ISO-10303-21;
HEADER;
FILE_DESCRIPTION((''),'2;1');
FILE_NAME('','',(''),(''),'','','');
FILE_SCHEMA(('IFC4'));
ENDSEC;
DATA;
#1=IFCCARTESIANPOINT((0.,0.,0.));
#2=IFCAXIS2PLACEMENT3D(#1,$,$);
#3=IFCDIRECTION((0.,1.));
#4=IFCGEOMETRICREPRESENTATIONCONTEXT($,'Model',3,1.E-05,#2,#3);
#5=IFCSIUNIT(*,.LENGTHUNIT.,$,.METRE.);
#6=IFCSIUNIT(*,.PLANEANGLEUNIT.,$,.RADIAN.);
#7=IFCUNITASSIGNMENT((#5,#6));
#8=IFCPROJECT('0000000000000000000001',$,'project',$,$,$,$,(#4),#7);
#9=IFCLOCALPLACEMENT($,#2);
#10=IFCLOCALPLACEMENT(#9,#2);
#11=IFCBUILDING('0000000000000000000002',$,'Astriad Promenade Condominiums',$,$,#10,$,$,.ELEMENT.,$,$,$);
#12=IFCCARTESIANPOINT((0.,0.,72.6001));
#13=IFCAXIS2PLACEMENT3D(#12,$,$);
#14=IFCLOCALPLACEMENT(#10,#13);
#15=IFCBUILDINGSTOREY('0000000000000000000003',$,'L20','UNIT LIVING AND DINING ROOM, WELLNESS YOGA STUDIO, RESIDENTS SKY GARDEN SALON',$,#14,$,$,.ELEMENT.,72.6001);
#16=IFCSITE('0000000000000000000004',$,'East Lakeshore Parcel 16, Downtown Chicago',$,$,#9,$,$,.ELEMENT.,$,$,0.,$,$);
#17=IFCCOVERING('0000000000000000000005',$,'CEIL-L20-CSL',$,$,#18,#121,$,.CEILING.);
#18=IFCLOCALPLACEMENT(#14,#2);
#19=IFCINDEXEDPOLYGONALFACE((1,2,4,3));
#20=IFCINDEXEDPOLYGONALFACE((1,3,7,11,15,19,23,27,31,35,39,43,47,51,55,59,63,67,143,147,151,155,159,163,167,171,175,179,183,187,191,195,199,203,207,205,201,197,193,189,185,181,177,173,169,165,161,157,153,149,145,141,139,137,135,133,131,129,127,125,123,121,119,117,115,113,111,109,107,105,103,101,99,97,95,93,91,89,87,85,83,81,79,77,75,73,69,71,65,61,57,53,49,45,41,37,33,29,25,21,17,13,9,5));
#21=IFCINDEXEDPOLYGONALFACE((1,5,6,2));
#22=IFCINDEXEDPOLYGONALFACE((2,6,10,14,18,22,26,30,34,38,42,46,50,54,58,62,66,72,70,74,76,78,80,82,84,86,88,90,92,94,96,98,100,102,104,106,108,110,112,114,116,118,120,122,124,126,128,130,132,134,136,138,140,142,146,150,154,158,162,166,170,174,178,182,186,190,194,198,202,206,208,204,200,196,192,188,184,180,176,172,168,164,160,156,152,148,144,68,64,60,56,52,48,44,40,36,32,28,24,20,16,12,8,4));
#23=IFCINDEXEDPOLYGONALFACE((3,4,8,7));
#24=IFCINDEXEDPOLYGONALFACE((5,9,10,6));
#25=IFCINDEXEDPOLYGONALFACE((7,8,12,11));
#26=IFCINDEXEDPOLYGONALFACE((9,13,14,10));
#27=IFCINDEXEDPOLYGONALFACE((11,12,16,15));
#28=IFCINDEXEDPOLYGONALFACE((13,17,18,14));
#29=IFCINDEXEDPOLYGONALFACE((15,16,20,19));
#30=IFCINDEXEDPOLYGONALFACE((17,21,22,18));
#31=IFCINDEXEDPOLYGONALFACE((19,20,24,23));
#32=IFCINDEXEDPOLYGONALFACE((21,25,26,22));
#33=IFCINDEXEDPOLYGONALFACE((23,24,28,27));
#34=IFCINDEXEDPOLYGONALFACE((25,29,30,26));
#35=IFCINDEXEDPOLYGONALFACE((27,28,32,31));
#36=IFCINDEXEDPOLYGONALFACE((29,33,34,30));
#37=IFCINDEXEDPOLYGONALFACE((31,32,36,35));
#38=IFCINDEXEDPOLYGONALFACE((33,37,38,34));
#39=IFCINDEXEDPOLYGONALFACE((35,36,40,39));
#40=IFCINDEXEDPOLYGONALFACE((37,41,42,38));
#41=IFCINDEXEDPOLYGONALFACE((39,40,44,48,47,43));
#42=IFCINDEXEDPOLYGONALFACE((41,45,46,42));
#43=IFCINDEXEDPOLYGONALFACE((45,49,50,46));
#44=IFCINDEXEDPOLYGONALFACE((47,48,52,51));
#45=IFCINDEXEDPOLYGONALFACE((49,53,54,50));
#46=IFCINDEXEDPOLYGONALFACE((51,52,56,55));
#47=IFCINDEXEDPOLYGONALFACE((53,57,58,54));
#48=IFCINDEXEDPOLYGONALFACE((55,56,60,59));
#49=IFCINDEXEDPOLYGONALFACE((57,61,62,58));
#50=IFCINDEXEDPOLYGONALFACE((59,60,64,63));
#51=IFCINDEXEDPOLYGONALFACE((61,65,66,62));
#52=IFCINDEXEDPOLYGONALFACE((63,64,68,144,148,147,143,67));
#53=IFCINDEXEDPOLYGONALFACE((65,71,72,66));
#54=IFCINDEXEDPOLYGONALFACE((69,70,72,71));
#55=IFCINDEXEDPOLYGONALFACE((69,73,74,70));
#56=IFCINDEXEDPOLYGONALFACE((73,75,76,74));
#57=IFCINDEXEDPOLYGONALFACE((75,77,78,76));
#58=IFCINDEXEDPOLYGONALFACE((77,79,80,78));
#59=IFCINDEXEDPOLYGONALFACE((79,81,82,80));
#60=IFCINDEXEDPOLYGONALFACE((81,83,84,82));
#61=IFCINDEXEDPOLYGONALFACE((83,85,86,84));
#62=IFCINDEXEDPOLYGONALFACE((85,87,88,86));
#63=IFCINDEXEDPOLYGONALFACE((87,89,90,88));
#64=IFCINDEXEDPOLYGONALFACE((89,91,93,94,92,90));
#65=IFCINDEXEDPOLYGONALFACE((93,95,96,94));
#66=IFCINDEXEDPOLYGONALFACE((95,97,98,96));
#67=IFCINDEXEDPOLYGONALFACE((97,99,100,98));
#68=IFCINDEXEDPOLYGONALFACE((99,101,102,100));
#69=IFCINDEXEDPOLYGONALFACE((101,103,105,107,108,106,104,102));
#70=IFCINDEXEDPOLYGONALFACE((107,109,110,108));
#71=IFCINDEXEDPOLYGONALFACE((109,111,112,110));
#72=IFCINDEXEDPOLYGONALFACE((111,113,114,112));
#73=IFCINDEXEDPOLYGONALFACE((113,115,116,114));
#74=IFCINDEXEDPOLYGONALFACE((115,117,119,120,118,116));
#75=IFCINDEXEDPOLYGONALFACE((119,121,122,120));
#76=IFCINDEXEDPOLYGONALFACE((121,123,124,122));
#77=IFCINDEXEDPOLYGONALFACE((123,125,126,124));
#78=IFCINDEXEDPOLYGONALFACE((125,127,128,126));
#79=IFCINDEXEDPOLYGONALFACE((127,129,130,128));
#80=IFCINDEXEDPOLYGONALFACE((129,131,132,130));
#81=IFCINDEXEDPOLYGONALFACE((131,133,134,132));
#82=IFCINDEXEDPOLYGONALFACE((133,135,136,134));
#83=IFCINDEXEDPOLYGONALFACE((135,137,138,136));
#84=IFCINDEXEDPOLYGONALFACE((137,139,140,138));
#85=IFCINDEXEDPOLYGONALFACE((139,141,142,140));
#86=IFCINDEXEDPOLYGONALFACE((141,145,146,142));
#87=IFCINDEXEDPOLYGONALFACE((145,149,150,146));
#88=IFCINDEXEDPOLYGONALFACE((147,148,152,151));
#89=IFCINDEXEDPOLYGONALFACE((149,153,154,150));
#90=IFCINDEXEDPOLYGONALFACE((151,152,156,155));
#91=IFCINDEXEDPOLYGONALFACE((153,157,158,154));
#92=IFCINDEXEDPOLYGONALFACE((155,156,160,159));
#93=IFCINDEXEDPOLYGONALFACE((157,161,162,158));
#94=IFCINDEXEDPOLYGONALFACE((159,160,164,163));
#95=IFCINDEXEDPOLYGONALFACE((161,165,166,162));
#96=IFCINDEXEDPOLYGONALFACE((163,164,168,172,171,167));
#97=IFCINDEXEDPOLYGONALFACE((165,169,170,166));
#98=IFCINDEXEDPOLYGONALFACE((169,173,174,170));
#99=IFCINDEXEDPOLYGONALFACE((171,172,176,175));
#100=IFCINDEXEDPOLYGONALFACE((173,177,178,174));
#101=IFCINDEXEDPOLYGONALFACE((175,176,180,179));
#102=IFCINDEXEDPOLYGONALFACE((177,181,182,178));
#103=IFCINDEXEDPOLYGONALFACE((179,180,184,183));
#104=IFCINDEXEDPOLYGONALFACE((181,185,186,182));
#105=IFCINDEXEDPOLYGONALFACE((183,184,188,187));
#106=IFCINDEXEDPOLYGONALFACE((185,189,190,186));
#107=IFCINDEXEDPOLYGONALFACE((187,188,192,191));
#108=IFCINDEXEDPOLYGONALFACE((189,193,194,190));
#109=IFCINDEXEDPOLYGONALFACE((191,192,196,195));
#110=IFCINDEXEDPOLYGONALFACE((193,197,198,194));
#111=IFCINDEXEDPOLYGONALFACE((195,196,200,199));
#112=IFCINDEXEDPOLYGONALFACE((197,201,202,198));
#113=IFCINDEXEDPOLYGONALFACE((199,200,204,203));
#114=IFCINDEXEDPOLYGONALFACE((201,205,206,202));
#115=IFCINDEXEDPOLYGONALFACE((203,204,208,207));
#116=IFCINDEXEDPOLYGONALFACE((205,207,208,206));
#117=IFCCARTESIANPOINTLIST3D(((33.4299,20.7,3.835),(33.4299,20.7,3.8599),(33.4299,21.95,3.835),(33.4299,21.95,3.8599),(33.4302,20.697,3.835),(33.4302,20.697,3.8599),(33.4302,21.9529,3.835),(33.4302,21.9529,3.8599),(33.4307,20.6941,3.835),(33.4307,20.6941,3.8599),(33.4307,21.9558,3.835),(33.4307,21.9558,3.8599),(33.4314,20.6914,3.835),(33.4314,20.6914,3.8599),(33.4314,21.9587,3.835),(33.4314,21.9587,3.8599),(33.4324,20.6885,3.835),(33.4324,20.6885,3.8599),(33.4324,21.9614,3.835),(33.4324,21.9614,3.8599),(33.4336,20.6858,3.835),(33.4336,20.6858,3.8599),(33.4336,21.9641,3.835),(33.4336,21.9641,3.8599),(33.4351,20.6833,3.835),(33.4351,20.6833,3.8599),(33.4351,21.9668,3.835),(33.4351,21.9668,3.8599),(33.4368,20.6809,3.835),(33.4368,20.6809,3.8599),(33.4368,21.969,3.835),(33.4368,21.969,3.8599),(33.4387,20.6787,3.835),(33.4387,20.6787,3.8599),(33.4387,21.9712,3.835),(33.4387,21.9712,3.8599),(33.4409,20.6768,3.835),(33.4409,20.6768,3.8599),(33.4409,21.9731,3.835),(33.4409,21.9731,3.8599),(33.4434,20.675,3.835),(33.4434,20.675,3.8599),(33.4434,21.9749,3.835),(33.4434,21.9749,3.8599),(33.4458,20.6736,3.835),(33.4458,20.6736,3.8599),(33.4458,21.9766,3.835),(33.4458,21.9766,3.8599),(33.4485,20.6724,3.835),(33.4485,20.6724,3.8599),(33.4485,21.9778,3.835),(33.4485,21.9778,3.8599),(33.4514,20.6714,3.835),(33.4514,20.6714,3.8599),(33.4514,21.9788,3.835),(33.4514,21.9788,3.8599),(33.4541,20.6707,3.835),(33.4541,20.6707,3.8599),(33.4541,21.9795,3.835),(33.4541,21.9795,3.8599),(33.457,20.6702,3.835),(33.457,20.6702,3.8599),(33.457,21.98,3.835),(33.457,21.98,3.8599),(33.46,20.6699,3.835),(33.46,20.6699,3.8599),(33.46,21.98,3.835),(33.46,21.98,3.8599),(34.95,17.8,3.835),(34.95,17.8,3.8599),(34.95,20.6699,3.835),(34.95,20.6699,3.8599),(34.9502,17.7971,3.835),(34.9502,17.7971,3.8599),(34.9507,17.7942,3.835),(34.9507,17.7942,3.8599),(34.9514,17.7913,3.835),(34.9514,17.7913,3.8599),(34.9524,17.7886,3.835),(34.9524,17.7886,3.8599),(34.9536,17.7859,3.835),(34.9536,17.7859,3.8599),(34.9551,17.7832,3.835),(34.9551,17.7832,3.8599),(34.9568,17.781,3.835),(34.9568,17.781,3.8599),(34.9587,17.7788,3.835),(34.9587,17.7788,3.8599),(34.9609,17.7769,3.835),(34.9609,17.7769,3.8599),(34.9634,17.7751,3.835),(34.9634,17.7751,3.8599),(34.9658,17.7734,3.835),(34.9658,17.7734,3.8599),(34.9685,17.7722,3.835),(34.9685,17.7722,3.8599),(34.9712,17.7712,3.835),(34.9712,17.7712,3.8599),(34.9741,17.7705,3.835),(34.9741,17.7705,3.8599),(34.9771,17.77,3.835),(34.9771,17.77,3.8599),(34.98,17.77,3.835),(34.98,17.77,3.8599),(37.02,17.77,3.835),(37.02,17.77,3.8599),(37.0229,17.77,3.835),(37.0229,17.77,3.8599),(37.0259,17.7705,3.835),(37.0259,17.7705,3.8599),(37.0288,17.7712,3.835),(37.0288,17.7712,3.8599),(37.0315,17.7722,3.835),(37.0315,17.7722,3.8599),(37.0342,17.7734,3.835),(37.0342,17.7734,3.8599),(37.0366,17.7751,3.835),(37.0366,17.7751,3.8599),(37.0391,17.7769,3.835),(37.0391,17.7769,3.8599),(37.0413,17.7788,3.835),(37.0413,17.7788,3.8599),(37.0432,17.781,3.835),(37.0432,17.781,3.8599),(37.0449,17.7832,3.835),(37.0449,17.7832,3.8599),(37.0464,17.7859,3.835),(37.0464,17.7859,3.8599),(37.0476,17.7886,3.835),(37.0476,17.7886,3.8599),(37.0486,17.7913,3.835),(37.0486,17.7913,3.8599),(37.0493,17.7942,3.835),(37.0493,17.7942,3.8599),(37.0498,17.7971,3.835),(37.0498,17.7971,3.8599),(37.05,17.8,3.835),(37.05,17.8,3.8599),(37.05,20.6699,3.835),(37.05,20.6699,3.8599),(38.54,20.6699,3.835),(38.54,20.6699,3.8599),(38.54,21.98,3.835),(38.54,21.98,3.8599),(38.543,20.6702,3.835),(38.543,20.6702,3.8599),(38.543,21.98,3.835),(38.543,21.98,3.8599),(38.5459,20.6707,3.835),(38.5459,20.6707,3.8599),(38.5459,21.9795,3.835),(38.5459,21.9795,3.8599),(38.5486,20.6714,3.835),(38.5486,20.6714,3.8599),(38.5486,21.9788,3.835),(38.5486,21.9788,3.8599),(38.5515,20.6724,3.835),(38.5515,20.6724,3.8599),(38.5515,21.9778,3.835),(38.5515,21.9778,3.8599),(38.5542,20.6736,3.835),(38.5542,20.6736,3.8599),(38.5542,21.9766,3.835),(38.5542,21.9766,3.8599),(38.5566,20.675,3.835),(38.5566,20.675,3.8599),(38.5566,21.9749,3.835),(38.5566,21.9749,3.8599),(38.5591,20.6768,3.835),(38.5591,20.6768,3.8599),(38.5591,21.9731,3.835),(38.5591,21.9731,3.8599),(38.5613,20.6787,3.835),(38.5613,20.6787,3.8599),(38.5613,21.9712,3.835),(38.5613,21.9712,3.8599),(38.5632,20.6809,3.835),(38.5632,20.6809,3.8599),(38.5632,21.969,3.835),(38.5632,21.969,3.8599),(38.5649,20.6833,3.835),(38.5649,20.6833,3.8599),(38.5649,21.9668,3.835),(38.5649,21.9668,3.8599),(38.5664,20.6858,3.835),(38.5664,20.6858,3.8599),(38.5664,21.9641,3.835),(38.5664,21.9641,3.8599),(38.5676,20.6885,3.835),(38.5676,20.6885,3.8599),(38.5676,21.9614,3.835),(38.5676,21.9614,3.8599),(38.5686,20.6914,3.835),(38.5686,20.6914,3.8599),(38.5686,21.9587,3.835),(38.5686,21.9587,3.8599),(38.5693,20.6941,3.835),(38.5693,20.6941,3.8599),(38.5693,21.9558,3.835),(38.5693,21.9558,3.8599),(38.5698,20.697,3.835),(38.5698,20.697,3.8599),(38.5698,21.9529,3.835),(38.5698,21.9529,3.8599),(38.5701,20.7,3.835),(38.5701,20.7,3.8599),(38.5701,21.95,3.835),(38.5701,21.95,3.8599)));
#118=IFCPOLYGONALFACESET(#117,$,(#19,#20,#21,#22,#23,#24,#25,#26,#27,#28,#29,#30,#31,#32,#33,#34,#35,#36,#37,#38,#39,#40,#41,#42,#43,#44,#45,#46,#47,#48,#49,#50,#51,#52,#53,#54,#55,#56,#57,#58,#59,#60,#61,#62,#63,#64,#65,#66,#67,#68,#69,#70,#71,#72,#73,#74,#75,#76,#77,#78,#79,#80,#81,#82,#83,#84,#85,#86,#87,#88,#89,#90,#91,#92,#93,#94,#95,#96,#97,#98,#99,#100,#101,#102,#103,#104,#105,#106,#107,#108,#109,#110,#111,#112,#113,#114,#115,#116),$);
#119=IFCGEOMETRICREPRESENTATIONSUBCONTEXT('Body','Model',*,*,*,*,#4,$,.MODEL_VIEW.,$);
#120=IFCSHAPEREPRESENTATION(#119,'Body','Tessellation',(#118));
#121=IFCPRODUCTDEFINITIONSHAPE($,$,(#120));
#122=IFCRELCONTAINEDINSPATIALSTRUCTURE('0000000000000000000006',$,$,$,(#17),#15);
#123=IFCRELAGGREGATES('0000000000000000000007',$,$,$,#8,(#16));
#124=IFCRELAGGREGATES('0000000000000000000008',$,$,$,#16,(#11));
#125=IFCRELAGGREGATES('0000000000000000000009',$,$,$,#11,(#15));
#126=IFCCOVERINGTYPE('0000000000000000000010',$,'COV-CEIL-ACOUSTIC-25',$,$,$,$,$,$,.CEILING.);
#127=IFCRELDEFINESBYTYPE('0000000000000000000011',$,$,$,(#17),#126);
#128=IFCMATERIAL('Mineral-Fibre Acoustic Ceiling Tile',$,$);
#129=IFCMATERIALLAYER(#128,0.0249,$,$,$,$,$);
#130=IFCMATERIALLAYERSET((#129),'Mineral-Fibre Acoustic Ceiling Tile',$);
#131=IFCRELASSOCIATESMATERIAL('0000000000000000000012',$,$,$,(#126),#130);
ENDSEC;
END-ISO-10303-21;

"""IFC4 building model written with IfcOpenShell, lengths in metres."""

from ifc_helpers import new_model, si_unit, direction, frame, origin, place, context, subcontext, project, spatial, polyline, outline, extrude, material, layer, layer_set, type_object, element, save


model = new_model("IFC4")

# Units and contexts
model_context = context("Model", 3, precision=1e-05, world=origin(), true_north=direction((0.0, 1.0)))
body_context = subcontext(model_context, "Body", "Model", "MODEL_VIEW")
ifc_project = project(units=[si_unit("LENGTHUNIT", "METRE"), si_unit("PLANEANGLEUNIT", "RADIAN")], contexts=[model_context])

# Site, building, storey
site_placement = place(None, origin())
site = spatial("IfcSite", under=ifc_project, at=site_placement, Name="East Lakeshore Parcel 16, Downtown Chicago", CompositionType="ELEMENT", RefElevation=0.0)
building_placement = place(site_placement, origin())
building = spatial("IfcBuilding", under=site, at=building_placement, Name="Astriad Promenade Condominiums", CompositionType="ELEMENT")
storey_placement = place(building_placement, frame((0.0, 0.0, 72.6001)))
storey = spatial("IfcBuildingStorey", under=building, at=storey_placement, Name="L20", Description="UNIT LIVING AND DINING ROOM, WELLNESS YOGA STUDIO, RESIDENTS SKY GARDEN SALON", CompositionType="ELEMENT", Elevation=72.6001)

# Covering
ifc_material_1 = material(Name="Mineral-Fibre Acoustic Ceiling Tile")
ifc_layer_1 = layer(ifc_material_1, 0.0249)
ifc_layer_set_1 = layer_set([ifc_layer_1], Name="Mineral-Fibre Acoustic Ceiling Tile")
covering_type_1 = type_object("IfcCoveringType", Name="COV-CEIL-ACOUSTIC-25", PredefinedType="CEILING", material=ifc_layer_set_1)
covering_1_placement = place(storey_placement, frame((0.0, 0.0, 3.835)))
element("IfcCovering", 1, at=covering_1_placement, inside=storey, type_object=covering_type_1, Name="CEIL-L20-CSL", PredefinedType="CEILING", context=body_context, shape_type="SweptSolid", body=[
    extrude(outline(polyline([(37.05, 17.8), (37.0498, 17.7971), (37.0493, 17.7942), (37.0486, 17.7913), (37.0476, 17.7886), (37.0464, 17.7859), (37.0449, 17.7832), (37.0432, 17.781), (37.0413, 17.7788), (37.0391, 17.7769), (37.0366, 17.7751), (37.0342, 17.7734), (37.0315, 17.7722), (37.0288, 17.7712), (37.0259, 17.7705), (37.0229, 17.77), (37.02, 17.77), (34.98, 17.77), (34.9771, 17.77), (34.9741, 17.7705), (34.9712, 17.7712), (34.9685, 17.7722), (34.9658, 17.7734), (34.9634, 17.7751), (34.9609, 17.7769), (34.9587, 17.7788), (34.9568, 17.781), (34.9551, 17.7832), (34.9536, 17.7859), (34.9524, 17.7886), (34.9514, 17.7913), (34.9507, 17.7942), (34.9502, 17.7971), (34.95, 17.8), (34.95, 20.6699), (33.46, 20.6699), (33.457, 20.6702), (33.4541, 20.6707), (33.4514, 20.6714), (33.4485, 20.6724), (33.4458, 20.6736), (33.4434, 20.675), (33.4409, 20.6768), (33.4387, 20.6787), (33.4368, 20.6809), (33.4351, 20.6833), (33.4336, 20.6858), (33.4324, 20.6885), (33.4314, 20.6914), (33.4307, 20.6941), (33.4302, 20.697), (33.4299, 20.7), (33.4299, 21.95), (33.4302, 21.9529), (33.4307, 21.9558), (33.4314, 21.9587), (33.4324, 21.9614), (33.4336, 21.9641), (33.4351, 21.9668), (33.4368, 21.969), (33.4387, 21.9712), (33.4409, 21.9731), (33.4434, 21.9749), (33.4458, 21.9766), (33.4485, 21.9778), (33.4514, 21.9788), (33.4541, 21.9795), (33.457, 21.98), (33.46, 21.98), (38.54, 21.98), (38.543, 21.98), (38.5459, 21.9795), (38.5486, 21.9788), (38.5515, 21.9778), (38.5542, 21.9766), (38.5566, 21.9749), (38.5591, 21.9731), (38.5613, 21.9712), (38.5632, 21.969), (38.5649, 21.9668), (38.5664, 21.9641), (38.5676, 21.9614), (38.5686, 21.9587), (38.5693, 21.9558), (38.5698, 21.9529), (38.5701, 21.95), (38.5701, 20.7), (38.5698, 20.697), (38.5693, 20.6941), (38.5686, 20.6914), (38.5676, 20.6885), (38.5664, 20.6858), (38.5649, 20.6833), (38.5632, 20.6809), (38.5613, 20.6787), (38.5591, 20.6768), (38.5566, 20.675), (38.5542, 20.6736), (38.5515, 20.6724), (38.5486, 20.6714), (38.5459, 20.6707), (38.543, 20.6702), (38.54, 20.6699), (37.05, 20.6699), (37.05, 17.8)])), origin(), (0.0, 0.0, 1.0), 0.0249),
])

save(model, "model.ifc")
